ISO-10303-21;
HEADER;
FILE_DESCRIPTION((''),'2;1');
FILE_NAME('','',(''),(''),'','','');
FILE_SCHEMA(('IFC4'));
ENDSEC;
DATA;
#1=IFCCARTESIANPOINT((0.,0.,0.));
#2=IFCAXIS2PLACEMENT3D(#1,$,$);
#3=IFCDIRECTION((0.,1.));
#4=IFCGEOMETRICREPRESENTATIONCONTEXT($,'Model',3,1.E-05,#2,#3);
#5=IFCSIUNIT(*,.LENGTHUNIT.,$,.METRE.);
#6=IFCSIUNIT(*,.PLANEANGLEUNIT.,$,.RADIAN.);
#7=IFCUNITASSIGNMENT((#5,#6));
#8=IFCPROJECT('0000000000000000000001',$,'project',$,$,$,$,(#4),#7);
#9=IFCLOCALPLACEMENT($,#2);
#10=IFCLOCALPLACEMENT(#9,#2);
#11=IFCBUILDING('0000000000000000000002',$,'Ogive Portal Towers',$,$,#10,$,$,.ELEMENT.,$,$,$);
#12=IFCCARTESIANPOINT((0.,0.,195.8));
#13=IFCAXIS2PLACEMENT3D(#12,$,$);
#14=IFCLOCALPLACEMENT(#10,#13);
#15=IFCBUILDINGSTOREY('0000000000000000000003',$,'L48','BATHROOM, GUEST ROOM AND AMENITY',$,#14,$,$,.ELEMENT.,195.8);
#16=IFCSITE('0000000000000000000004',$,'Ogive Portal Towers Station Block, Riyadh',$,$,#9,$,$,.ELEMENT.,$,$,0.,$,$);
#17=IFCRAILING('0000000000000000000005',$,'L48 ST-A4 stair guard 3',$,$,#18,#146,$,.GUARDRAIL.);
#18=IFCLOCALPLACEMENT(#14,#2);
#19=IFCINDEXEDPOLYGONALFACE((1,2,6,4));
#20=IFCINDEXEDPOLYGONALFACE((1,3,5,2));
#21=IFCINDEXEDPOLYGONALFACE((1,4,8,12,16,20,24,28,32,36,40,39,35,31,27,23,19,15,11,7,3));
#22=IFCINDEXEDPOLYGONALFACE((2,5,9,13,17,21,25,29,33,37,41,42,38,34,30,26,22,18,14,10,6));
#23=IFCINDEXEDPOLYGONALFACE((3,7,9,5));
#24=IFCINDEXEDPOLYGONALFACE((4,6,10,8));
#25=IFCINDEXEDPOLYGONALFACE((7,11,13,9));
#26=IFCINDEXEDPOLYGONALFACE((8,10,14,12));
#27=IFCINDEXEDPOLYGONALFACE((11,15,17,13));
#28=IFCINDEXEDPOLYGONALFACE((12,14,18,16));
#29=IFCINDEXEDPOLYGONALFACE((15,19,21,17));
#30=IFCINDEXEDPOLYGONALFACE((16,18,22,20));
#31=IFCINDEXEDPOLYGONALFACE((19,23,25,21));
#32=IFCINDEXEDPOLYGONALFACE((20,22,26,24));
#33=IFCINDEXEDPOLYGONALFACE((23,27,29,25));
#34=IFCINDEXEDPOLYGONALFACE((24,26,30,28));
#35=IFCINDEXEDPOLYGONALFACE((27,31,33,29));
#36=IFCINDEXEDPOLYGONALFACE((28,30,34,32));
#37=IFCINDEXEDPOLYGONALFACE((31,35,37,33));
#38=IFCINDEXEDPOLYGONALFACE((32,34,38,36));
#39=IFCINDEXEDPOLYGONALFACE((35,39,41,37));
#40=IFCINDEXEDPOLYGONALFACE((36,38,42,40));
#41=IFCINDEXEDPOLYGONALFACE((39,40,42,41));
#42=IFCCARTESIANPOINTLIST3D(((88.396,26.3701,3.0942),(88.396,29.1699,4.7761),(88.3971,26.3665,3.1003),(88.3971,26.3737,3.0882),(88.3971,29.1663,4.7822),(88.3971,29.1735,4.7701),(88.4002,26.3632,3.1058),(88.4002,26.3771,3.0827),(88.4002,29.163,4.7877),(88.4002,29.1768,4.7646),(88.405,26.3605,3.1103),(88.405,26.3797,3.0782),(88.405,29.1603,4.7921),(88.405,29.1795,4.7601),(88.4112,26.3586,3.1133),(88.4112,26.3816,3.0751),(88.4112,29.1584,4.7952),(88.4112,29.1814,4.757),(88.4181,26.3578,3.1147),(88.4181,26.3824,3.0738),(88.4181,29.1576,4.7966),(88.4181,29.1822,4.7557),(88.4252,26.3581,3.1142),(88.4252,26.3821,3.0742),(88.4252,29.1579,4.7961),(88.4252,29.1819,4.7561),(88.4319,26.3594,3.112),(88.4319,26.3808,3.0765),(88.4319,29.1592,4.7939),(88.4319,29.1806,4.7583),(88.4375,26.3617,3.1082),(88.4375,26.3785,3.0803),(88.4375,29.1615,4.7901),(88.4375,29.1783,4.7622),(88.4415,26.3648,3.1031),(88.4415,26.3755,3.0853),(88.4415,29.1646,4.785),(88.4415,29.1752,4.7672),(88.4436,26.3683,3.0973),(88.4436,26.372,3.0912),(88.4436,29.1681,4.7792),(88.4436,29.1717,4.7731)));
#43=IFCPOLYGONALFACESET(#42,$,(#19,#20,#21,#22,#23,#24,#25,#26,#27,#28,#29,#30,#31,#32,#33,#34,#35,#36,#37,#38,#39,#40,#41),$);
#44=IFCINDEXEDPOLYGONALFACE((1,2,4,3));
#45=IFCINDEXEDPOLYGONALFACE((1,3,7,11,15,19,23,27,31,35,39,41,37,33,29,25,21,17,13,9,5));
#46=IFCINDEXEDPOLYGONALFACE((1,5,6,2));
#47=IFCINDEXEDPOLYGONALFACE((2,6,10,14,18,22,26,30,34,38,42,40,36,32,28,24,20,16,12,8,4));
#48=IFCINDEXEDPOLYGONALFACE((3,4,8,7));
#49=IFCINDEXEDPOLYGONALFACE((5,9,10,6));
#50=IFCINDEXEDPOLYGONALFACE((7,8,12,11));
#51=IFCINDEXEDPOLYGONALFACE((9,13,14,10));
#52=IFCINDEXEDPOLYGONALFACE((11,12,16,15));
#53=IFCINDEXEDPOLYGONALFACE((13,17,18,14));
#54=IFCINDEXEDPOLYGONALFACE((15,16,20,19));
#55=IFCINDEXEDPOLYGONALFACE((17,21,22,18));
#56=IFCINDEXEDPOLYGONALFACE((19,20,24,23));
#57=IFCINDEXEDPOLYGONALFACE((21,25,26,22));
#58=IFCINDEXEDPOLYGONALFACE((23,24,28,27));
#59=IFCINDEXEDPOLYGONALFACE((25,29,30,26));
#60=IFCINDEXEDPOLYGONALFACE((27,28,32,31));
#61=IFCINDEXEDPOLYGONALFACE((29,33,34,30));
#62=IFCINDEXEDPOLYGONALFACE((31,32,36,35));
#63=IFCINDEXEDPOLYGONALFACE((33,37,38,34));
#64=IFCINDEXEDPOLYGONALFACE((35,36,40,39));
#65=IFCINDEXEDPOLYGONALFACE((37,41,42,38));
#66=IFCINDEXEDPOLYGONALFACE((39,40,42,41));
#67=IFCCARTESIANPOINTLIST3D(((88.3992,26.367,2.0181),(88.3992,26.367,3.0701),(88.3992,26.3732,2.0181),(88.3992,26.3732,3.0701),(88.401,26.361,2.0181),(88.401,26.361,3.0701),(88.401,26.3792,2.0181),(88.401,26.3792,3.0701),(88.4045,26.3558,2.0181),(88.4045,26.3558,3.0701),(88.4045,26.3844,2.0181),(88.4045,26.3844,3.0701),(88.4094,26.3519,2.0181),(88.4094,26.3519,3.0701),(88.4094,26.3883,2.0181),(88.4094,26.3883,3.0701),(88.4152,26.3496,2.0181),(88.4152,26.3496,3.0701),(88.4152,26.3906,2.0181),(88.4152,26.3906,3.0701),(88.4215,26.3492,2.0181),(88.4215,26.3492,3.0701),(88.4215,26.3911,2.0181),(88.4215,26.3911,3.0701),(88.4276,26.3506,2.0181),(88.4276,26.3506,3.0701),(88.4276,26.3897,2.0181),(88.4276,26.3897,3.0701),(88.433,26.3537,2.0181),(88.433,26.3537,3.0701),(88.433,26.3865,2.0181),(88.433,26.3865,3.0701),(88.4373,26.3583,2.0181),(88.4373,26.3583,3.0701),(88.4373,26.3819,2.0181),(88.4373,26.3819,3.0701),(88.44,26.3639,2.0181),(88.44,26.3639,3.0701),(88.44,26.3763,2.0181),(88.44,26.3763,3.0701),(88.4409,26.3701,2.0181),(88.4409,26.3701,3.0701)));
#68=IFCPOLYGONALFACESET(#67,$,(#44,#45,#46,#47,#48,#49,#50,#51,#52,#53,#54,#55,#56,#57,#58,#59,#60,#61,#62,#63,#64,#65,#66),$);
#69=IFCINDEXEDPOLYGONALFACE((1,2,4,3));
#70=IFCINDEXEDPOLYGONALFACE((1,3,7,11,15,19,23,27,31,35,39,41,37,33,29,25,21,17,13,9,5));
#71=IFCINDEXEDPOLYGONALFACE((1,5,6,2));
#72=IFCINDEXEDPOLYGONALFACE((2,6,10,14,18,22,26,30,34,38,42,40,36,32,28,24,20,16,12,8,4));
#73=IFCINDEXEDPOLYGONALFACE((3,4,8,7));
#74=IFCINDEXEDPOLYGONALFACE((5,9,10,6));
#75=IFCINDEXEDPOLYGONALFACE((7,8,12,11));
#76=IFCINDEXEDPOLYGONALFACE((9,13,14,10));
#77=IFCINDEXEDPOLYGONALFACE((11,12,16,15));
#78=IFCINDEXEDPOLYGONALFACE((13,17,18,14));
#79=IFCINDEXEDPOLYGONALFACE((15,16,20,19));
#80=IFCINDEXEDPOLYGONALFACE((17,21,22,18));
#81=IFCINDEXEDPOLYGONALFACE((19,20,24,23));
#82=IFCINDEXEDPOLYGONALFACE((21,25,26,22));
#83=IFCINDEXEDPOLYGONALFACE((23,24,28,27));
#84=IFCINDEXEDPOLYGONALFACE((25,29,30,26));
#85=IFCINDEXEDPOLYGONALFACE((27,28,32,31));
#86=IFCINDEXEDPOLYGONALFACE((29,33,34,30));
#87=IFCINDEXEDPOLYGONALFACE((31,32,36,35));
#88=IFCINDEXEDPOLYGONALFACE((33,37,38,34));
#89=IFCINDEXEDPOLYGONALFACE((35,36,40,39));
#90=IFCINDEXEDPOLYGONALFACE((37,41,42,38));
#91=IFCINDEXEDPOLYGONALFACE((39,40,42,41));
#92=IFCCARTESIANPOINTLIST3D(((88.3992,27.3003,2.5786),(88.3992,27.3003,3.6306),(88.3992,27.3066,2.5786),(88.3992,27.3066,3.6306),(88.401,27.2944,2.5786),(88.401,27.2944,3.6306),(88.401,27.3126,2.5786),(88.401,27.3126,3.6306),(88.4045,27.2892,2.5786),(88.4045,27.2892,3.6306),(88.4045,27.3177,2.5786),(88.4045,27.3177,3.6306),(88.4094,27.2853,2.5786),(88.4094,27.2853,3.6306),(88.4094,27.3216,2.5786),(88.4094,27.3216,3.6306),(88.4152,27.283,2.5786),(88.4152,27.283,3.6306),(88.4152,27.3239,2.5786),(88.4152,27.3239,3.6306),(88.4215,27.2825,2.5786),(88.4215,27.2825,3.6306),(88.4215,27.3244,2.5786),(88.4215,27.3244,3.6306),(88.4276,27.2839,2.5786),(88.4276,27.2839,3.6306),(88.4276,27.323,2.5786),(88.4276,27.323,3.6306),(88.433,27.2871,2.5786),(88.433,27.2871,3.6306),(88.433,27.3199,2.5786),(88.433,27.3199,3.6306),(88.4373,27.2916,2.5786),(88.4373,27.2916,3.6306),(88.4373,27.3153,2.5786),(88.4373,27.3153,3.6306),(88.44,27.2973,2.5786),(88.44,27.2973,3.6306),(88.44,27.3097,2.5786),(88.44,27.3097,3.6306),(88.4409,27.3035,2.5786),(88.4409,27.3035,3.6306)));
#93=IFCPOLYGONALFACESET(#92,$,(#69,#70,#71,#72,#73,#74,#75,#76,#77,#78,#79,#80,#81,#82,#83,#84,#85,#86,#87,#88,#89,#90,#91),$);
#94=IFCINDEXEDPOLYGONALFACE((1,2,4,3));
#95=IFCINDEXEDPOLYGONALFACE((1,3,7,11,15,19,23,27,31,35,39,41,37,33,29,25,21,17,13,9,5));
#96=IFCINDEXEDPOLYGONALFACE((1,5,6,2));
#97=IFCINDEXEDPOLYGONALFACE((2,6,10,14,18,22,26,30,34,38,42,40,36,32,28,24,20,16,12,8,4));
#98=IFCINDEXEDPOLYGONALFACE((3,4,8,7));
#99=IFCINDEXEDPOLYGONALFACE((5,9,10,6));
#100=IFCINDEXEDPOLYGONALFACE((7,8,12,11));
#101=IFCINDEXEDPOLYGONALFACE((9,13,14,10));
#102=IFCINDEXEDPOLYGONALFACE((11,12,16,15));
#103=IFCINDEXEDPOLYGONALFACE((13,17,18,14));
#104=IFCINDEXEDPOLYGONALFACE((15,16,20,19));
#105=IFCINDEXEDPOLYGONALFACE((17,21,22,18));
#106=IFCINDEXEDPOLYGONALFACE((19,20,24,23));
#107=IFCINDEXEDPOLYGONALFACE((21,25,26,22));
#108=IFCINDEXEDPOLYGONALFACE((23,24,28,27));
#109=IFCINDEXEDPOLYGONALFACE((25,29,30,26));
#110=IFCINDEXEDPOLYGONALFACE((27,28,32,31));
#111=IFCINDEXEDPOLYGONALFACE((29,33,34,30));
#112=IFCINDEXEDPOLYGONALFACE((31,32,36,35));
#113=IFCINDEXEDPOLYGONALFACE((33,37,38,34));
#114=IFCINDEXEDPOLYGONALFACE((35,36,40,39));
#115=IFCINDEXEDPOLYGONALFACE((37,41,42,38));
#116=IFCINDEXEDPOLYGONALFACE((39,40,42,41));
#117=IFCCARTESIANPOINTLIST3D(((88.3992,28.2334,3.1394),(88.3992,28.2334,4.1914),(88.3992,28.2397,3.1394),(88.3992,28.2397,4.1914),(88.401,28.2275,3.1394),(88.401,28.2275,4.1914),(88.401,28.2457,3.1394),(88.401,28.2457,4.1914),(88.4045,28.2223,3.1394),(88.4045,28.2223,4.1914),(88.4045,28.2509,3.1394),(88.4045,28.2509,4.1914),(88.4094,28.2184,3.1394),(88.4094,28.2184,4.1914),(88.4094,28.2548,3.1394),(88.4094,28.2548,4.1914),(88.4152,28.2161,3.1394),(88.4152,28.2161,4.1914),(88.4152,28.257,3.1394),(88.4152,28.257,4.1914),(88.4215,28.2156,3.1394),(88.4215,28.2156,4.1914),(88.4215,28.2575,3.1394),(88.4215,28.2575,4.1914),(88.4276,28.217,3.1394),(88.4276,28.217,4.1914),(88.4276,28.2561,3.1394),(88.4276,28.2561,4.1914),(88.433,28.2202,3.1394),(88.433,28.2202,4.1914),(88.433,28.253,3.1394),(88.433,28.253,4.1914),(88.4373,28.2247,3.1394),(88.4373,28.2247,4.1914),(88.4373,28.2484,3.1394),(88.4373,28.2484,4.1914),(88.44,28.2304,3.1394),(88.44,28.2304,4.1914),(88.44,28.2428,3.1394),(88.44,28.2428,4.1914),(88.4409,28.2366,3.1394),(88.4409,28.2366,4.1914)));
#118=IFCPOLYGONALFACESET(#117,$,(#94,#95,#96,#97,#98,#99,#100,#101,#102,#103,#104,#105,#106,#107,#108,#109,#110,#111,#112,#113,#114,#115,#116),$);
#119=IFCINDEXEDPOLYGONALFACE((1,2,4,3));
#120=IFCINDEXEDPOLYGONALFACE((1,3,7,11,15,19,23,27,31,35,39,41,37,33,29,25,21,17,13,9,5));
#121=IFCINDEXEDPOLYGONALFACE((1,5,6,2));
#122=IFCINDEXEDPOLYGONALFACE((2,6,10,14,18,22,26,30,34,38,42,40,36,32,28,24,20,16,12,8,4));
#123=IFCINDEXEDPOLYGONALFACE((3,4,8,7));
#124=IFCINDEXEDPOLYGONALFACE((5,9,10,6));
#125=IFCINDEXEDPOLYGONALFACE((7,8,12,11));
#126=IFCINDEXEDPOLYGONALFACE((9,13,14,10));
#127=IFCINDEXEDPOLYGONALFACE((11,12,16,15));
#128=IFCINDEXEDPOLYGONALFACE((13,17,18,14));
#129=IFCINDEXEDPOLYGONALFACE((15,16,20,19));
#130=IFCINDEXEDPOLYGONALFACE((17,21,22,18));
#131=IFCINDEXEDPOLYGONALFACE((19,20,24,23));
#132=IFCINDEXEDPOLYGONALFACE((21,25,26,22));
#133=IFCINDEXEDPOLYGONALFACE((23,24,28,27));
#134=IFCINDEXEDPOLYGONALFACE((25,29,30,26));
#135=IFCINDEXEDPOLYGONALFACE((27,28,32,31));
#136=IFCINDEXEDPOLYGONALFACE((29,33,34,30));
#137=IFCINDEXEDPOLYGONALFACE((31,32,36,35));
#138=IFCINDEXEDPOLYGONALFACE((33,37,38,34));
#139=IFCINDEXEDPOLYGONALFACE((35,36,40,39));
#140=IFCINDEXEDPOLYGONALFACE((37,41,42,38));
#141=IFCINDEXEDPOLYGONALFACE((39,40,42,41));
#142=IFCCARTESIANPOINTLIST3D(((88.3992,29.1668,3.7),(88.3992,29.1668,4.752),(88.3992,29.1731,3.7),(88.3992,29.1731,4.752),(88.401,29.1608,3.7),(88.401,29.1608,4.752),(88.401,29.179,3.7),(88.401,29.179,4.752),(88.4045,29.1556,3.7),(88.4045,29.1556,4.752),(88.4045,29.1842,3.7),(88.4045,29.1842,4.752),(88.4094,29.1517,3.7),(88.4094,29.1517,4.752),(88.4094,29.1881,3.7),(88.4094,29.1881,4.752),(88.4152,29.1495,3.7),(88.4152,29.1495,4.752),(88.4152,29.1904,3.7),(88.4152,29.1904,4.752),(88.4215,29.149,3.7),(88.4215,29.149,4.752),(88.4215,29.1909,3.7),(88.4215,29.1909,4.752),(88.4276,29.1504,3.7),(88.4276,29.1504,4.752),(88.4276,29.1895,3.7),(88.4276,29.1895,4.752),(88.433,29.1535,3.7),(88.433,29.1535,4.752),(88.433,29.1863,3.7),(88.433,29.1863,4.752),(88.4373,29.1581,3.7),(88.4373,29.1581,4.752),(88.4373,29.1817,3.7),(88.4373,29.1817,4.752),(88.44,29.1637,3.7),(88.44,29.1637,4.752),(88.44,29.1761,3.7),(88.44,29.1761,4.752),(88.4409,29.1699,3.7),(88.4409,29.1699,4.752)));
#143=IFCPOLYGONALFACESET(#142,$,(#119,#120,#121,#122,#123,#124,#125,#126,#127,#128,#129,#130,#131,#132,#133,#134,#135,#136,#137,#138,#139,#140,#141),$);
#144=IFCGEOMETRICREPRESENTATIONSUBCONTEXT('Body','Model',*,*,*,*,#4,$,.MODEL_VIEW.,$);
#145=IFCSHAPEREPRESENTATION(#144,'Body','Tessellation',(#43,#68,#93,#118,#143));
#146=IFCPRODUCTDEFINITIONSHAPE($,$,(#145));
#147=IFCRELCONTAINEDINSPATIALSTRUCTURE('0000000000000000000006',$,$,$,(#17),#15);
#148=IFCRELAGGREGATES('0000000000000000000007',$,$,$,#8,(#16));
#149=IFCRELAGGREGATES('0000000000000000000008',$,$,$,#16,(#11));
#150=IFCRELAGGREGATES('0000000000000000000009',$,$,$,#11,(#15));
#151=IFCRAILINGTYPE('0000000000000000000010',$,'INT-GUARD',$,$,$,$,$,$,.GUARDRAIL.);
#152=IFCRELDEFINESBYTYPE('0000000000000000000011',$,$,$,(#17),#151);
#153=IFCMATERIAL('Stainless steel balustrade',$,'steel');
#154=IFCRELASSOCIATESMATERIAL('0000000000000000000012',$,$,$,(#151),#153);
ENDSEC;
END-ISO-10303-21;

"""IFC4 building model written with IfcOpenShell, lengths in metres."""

from ifc_helpers import new_model, si_unit, direction, frame, origin, origin_2d, place, context, subcontext, project, spatial, circle, extrude, material, type_object, element, save


model = new_model("IFC4")

# Units and contexts
model_context = context("Model", 3, precision=1e-05, world=origin(), true_north=direction((0.0, 1.0)))
body_context = subcontext(model_context, "Body", "Model", "MODEL_VIEW")
ifc_project = project(units=[si_unit("LENGTHUNIT", "METRE"), si_unit("PLANEANGLEUNIT", "RADIAN")], contexts=[model_context])

# Site, building, storey
site_placement = place(None, origin())
site = spatial("IfcSite", under=ifc_project, at=site_placement, Name="Ogive Portal Towers Station Block, Riyadh", CompositionType="ELEMENT", RefElevation=0.0)
building_placement = place(site_placement, origin())
building = spatial("IfcBuilding", under=site, at=building_placement, Name="Ogive Portal Towers", CompositionType="ELEMENT")
storey_placement = place(building_placement, frame((0.0, 0.0, 195.8)))
storey = spatial("IfcBuildingStorey", under=building, at=storey_placement, Name="L48", Description="BATHROOM, GUEST ROOM AND AMENITY", CompositionType="ELEMENT", Elevation=195.8)

# Railing
ifc_material_1 = material(Name="Stainless steel balustrade", Category="steel")
railing_type_1 = type_object("IfcRailingType", Name="INT-GUARD", PredefinedType="GUARDRAIL", material=ifc_material_1)
railing_1_placement = place(storey_placement, frame((88.4199, 26.3701, 2.0181)))
element("IfcRailing", 1, at=railing_1_placement, inside=storey, type_object=railing_type_1, Name="L48 ST-A4 stair guard 3", PredefinedType="GUARDRAIL", context=body_context, shape_type="SweptSolid", body=[
    extrude(circle(Radius=0.0239, at=origin_2d()), frame((0.0, 0.0, 1.0762), z_axis=(0.0, 0.857222, 0.514946), x_axis=(-1.0, 0.0, 0.0)), (0.0, 0.0, 1.0), 3.2661),
    extrude(circle(Radius=0.021, at=origin_2d()), origin(), (0.0, 0.0, 1.0), 1.052),
    extrude(circle(Radius=0.021, at=origin_2d()), frame((0.0, 0.9333, 0.5605)), (0.0, 0.0, 1.0), 1.052),
    extrude(circle(Radius=0.021, at=origin_2d()), frame((0.0, 1.8665, 1.1213)), (0.0, 0.0, 1.0), 1.052),
    extrude(circle(Radius=0.021, at=origin_2d()), frame((0.0, 2.7998, 1.6819)), (0.0, 0.0, 1.0), 1.052),
])

save(model, "model.ifc")
